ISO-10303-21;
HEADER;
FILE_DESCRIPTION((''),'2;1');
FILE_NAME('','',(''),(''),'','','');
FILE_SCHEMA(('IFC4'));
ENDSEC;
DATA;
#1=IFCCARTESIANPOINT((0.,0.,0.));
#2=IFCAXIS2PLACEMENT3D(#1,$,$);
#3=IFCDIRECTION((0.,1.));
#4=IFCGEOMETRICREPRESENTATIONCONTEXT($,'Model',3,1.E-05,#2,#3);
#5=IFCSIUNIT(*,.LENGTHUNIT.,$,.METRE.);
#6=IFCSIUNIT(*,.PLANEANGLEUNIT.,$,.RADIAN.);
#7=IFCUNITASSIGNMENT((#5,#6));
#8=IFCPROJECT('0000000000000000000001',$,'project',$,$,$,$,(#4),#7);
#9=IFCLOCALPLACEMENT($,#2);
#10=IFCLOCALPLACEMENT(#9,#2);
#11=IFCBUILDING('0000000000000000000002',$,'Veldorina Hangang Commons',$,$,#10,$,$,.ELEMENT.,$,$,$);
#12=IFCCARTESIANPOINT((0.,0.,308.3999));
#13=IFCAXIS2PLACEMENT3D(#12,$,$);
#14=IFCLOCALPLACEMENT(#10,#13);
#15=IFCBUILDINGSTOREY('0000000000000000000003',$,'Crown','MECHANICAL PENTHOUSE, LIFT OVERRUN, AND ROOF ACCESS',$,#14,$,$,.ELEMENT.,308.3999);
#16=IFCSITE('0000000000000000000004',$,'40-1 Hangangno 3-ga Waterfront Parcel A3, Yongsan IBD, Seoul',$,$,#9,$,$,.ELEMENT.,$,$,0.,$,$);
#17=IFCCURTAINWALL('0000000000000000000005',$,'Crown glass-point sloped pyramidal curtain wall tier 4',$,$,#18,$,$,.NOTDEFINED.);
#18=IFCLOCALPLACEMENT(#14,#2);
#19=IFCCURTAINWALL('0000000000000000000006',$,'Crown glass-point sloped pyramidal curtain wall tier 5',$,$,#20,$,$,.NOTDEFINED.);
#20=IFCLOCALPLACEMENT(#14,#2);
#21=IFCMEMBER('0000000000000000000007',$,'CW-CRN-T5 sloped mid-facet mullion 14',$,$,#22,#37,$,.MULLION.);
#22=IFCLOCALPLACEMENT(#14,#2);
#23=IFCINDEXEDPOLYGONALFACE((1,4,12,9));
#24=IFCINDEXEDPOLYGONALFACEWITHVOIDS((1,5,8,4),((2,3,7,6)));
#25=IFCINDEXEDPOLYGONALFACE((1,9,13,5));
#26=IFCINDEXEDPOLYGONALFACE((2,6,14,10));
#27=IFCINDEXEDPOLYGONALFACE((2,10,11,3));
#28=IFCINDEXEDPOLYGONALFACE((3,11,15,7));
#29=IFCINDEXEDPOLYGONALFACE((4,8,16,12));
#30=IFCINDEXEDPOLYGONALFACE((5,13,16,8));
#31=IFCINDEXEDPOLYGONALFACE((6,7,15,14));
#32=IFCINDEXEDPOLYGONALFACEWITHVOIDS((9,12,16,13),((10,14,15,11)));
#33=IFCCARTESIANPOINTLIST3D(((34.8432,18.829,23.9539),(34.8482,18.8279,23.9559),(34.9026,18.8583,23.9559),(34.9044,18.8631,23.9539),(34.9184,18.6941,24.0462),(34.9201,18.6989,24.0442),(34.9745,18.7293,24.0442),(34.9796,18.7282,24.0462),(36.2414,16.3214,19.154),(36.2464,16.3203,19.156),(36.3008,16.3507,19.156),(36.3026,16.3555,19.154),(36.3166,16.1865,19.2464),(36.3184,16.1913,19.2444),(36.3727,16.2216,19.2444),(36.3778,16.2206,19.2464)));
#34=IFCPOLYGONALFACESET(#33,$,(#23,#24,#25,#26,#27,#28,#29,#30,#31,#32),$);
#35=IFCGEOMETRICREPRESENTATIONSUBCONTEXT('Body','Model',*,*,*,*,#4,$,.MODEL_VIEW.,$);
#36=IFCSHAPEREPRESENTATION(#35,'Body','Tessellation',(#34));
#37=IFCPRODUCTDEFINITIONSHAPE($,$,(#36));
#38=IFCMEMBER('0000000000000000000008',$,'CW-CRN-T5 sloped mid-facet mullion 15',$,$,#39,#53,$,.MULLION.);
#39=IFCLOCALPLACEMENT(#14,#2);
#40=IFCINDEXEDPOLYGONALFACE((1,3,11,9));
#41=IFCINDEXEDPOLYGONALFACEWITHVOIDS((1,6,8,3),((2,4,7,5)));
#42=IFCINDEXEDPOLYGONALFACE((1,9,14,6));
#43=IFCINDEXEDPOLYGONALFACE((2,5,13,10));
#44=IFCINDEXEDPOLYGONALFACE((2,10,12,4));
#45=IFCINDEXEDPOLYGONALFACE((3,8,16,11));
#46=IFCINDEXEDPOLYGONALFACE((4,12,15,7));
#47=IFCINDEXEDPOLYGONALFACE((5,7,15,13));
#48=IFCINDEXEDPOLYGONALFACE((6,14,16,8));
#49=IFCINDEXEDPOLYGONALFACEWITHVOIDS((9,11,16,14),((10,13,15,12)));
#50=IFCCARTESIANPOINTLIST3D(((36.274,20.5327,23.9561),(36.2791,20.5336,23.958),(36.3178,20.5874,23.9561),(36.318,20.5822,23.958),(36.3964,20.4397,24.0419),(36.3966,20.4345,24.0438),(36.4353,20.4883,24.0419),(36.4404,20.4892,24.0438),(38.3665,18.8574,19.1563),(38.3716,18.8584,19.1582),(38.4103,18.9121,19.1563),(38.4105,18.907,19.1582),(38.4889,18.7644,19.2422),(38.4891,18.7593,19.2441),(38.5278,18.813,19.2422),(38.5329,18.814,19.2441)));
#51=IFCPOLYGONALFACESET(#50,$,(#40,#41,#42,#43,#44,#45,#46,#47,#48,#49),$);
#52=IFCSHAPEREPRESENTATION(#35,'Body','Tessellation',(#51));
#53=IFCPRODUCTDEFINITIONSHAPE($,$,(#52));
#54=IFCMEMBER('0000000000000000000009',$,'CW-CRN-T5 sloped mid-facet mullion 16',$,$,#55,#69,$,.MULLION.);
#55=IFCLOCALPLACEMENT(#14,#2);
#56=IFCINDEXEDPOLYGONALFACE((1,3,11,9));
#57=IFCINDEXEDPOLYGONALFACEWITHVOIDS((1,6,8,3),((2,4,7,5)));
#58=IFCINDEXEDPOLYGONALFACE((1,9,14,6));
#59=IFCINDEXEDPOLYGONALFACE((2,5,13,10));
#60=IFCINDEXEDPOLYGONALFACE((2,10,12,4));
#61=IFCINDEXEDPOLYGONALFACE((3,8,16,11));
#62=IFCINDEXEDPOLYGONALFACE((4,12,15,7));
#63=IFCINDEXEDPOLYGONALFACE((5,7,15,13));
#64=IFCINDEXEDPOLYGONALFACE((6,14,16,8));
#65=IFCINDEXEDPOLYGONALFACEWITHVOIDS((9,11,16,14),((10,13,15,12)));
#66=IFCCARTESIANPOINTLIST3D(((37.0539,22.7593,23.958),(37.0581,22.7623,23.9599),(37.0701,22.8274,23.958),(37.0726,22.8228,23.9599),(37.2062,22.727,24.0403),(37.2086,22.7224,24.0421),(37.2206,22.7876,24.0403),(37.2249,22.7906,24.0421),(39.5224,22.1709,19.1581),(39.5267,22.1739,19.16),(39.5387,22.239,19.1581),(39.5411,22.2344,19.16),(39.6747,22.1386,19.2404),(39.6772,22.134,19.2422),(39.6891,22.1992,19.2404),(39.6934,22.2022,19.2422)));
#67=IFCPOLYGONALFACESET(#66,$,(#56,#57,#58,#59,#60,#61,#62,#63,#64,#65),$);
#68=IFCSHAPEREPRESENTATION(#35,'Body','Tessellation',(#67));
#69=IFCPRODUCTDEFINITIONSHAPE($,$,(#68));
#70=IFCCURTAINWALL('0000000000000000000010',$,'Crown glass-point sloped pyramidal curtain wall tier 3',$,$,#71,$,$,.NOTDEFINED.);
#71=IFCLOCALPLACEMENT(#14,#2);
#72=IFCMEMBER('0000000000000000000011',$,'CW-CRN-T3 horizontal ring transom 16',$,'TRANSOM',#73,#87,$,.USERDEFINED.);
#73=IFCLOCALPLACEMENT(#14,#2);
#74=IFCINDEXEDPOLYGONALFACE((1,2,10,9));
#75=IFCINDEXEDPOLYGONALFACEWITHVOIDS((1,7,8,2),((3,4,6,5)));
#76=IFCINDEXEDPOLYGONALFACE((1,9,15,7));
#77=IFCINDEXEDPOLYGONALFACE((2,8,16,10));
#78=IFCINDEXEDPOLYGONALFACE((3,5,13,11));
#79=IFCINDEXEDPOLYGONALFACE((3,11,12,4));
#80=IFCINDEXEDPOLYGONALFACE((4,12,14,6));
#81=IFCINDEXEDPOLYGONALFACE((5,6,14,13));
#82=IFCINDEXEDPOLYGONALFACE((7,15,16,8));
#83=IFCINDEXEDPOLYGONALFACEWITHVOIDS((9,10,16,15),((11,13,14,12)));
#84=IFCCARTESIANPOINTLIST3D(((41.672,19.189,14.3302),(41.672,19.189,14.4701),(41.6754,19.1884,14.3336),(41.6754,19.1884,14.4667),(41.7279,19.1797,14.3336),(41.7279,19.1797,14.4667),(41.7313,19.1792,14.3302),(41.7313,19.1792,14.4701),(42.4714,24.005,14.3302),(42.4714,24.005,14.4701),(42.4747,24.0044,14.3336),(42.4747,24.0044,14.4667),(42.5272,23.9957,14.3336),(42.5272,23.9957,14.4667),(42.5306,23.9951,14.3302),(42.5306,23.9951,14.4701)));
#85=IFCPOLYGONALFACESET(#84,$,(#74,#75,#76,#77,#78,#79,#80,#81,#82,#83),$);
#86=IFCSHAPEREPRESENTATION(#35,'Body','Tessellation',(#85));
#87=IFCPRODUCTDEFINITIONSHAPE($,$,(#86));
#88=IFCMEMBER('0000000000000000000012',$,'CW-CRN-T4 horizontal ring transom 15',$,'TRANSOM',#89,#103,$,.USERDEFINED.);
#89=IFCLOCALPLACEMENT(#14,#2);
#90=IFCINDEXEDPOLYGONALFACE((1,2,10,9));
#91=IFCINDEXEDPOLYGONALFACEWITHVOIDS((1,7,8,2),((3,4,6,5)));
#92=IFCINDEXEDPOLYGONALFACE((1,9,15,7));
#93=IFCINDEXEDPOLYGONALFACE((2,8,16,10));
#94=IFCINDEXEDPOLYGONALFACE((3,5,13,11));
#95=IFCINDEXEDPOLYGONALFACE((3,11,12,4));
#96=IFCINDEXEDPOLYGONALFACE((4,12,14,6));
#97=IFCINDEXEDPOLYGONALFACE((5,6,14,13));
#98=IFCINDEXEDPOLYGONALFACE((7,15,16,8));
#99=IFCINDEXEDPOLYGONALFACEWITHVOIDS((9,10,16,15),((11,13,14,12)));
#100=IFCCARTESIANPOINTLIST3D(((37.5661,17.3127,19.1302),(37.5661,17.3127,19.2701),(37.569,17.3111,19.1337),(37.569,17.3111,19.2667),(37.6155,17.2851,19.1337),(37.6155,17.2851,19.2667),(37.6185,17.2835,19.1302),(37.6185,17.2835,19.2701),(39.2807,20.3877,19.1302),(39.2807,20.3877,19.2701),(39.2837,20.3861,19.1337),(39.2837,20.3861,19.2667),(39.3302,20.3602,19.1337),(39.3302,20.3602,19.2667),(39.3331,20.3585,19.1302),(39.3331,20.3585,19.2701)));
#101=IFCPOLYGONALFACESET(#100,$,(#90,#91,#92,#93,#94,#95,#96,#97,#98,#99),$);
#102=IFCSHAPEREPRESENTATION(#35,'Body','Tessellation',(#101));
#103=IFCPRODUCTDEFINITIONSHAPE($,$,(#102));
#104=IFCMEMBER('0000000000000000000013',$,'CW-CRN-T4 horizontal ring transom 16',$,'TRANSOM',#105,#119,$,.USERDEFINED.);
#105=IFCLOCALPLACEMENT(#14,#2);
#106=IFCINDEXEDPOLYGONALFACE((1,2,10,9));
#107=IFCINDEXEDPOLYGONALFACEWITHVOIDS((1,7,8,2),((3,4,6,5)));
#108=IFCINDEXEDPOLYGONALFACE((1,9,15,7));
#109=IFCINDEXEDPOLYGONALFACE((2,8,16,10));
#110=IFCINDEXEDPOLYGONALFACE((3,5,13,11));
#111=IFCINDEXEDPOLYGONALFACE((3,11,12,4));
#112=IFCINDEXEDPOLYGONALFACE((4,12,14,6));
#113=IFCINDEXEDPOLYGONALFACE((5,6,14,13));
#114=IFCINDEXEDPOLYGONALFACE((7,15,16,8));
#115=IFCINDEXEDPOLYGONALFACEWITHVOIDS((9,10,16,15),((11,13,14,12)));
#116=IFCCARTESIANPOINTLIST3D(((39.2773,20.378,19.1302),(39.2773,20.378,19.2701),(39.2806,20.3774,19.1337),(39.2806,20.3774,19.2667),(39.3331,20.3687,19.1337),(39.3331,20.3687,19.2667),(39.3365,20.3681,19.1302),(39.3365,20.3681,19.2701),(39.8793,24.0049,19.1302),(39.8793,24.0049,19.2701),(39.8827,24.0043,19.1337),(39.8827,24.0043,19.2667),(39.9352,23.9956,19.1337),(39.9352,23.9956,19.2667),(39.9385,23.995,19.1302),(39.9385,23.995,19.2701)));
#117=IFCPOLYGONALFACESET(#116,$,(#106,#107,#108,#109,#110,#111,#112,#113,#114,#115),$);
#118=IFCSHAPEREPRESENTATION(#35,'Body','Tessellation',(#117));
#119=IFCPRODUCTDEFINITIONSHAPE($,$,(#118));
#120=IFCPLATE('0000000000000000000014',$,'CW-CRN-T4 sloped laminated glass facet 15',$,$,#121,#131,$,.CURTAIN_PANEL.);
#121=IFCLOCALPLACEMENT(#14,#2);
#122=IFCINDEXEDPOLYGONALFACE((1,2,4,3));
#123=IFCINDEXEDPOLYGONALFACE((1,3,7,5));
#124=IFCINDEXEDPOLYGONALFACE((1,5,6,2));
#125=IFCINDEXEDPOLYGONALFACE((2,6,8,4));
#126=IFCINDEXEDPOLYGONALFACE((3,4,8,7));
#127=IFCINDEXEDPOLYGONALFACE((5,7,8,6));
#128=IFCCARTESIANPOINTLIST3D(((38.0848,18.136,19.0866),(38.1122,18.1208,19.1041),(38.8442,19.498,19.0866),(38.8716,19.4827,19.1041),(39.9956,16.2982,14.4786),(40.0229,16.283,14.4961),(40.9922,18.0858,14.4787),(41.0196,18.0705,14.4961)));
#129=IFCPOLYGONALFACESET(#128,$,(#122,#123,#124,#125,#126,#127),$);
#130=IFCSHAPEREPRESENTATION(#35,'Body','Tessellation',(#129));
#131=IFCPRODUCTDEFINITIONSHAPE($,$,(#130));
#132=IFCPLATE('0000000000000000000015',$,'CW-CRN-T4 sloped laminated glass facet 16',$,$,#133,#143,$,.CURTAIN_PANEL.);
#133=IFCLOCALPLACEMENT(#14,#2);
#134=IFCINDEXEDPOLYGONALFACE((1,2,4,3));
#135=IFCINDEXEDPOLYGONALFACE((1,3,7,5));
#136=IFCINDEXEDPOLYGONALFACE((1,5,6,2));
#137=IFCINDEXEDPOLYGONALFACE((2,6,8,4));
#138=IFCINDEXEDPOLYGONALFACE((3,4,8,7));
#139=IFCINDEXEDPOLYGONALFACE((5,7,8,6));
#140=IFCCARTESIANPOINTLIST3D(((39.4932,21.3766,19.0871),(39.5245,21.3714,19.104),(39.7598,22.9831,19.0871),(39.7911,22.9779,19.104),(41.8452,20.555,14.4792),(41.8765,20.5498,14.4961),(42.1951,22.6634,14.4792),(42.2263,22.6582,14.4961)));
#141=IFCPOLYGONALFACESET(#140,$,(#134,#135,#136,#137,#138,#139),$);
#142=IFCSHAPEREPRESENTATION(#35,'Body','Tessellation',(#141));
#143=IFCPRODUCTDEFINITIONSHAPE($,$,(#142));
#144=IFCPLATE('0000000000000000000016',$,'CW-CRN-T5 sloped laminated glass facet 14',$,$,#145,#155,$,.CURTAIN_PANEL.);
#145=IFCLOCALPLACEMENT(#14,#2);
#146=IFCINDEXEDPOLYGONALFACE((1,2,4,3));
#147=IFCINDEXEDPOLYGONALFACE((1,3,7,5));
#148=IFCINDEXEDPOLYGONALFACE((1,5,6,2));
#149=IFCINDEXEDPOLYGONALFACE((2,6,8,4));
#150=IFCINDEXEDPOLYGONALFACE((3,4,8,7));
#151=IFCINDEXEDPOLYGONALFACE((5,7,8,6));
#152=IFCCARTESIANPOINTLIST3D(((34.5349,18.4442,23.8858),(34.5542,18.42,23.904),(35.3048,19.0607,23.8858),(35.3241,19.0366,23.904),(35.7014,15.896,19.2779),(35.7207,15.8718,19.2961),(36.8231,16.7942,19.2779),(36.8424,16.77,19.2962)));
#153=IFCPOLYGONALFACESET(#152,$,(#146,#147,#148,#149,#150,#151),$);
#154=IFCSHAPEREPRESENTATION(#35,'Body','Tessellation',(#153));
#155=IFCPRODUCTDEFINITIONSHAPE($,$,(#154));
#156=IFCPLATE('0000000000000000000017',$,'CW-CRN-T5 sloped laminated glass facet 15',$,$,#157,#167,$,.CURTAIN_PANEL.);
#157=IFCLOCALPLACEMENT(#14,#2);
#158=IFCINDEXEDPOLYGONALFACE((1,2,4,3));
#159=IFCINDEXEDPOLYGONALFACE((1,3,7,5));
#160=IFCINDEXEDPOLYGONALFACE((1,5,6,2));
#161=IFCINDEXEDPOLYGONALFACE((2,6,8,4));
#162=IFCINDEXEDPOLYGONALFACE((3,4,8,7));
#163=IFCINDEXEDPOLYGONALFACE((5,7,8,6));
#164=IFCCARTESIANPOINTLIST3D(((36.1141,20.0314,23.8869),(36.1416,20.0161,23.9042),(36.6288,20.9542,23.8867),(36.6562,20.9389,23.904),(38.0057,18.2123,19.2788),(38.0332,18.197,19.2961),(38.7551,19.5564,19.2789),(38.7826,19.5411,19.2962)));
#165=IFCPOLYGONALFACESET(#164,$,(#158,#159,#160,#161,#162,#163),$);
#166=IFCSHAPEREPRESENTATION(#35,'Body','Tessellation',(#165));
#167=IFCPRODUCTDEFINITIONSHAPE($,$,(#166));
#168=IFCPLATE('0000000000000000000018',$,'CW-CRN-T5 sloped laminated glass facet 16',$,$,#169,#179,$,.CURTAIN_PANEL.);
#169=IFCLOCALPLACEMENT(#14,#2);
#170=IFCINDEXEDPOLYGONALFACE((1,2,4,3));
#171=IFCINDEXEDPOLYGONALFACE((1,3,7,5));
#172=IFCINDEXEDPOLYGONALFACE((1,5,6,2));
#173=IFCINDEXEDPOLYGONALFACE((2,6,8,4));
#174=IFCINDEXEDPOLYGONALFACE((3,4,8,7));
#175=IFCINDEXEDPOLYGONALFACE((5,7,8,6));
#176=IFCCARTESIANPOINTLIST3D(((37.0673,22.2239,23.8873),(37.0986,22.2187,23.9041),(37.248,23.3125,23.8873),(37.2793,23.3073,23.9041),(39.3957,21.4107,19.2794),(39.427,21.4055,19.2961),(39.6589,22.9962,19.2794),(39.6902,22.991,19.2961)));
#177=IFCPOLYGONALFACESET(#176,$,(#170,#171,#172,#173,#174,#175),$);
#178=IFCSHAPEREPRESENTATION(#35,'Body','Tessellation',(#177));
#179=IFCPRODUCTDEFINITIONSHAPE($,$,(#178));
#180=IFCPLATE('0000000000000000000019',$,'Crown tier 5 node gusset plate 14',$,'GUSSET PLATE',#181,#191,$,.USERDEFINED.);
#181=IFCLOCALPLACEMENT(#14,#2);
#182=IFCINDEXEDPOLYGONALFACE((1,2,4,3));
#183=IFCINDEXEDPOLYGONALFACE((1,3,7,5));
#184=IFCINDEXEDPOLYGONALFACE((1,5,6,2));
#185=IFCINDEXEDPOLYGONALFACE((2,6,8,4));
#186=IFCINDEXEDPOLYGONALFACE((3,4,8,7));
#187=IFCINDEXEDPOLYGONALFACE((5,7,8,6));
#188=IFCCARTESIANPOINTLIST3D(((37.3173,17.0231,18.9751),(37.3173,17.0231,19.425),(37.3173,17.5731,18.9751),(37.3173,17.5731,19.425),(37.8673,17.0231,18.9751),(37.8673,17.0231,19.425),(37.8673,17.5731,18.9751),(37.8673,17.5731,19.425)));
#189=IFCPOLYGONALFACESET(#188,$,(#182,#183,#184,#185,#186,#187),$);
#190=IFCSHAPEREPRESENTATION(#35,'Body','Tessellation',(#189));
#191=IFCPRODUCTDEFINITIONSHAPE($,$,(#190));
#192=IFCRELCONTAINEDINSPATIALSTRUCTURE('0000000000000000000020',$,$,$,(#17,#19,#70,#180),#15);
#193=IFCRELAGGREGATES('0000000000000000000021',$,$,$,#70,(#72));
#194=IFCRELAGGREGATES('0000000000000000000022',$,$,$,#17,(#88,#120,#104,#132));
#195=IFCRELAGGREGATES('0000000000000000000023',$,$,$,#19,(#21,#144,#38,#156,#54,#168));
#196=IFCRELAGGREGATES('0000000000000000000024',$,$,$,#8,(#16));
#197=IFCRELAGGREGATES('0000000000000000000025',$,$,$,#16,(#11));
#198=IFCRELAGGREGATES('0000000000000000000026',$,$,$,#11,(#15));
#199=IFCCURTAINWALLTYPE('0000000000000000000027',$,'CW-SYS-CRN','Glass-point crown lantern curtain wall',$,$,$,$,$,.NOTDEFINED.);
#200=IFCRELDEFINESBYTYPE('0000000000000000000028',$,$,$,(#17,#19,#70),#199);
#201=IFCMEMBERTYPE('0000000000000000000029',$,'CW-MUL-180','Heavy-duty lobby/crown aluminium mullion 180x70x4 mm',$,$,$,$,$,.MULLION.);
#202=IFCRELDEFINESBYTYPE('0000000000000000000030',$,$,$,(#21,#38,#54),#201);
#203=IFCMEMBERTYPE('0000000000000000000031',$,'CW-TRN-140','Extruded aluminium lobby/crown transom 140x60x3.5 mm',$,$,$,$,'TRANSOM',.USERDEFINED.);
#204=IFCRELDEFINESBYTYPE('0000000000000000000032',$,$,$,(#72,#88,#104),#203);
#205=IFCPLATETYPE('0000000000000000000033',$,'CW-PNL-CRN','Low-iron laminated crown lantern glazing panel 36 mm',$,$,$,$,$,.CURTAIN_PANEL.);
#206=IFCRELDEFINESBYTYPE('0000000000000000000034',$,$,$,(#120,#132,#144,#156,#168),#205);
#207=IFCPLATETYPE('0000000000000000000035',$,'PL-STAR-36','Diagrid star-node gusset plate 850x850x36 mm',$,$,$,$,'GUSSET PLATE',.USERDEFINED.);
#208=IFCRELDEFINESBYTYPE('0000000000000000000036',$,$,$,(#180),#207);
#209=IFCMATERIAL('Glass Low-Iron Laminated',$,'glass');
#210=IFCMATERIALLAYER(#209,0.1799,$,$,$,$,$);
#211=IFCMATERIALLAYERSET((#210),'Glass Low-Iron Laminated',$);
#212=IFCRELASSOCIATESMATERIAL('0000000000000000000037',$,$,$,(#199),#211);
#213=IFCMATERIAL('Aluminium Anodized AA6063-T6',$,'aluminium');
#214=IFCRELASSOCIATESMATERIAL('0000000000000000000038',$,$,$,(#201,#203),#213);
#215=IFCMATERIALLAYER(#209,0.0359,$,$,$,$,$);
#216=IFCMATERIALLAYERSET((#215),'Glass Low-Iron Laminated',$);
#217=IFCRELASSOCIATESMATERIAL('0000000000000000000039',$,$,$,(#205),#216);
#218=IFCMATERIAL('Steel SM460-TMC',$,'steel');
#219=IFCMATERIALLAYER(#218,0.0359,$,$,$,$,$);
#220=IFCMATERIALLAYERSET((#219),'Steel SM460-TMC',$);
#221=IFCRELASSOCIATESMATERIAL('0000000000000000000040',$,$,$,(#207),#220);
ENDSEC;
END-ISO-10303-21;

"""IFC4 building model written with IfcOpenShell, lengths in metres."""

from ifc_helpers import new_model, si_unit, direction, frame, origin, origin_2d, place, context, subcontext, project, spatial, polyline, rectangle, hollow_rectangle, outline, extrude, material, layer, layer_set, material_profile, profile_set, type_object, element, aggregate, save


model = new_model("IFC4")

# Units and contexts
model_context = context("Model", 3, precision=1e-05, world=origin(), true_north=direction((0.0, 1.0)))
body_context = subcontext(model_context, "Body", "Model", "MODEL_VIEW")
ifc_project = project(units=[si_unit("LENGTHUNIT", "METRE"), si_unit("PLANEANGLEUNIT", "RADIAN")], contexts=[model_context])

# Site, building, storey
site_placement = place(None, origin())
site = spatial("IfcSite", under=ifc_project, at=site_placement, Name="40-1 Hangangno 3-ga Waterfront Parcel A3, Yongsan IBD, Seoul", CompositionType="ELEMENT", RefElevation=0.0)
building_placement = place(site_placement, origin())
building = spatial("IfcBuilding", under=site, at=building_placement, Name="Veldorina Hangang Commons", CompositionType="ELEMENT")
storey_placement = place(building_placement, frame((0.0, 0.0, 308.3999)))
storey = spatial("IfcBuildingStorey", under=building, at=storey_placement, Name="Crown", Description="MECHANICAL PENTHOUSE, LIFT OVERRUN, AND ROOF ACCESS", CompositionType="ELEMENT", Elevation=308.3999)

# Shared definitions
ifc_material_1 = material(Name="Steel SM460-TMC", Category="steel")

# Curtain walls, members
ifc_material_2 = material(Name="Glass Low-Iron Laminated", Category="glass")
ifc_layer_1 = layer(ifc_material_2, 0.1799)
ifc_layer_set_1 = layer_set([ifc_layer_1], Name="Glass Low-Iron Laminated")
curtain_wall_type = type_object("IfcCurtainWallType", Name="CW-SYS-CRN", Description="Glass-point crown lantern curtain wall", PredefinedType="NOTDEFINED", material=ifc_layer_set_1)
curtain_wall_1_placement = place(storey_placement, origin())
curtain_wall_1 = element("IfcCurtainWall", 1, at=curtain_wall_1_placement, inside=storey, type_object=curtain_wall_type, Name="Crown glass-point sloped pyramidal curtain wall tier 4", PredefinedType="NOTDEFINED")
ifc_material_3 = material(Name="Aluminium Anodized AA6063-T6", Category="aluminium")
ifc_material_profile_1 = material_profile(ifc_material_3, hollow_rectangle(XDim=0.0701, YDim=0.1799, WallThickness=0.0039, at=origin_2d()), Name="ALU-RHS-180x70x4")
ifc_profile_set_1 = profile_set([ifc_material_profile_1], Name="Aluminium Anodized AA6063-T6")
member_type_1 = type_object("IfcMemberType", Name="CW-MUL-180", Description="Heavy-duty lobby/crown aluminium mullion 180x70x4 mm", PredefinedType="MULLION", material=ifc_profile_set_1)
curtain_wall_2_placement = place(storey_placement, origin())
curtain_wall_2 = element("IfcCurtainWall", 2, at=curtain_wall_2_placement, inside=storey, type_object=curtain_wall_type, Name="Crown glass-point sloped pyramidal curtain wall tier 5", PredefinedType="NOTDEFINED")
member_1_placement = place(storey_placement, frame((36.3096, 16.271, 19.2002), z_axis=(-0.249993, 0.448345, 0.85819), x_axis=(-0.873402, -0.487, 0.0)))
member_1 = element("IfcMember", 3, at=member_1_placement, type_object=member_type_1, Name="CW-CRN-T5 sloped mid-facet mullion 14", PredefinedType="MULLION", context=body_context, shape_type="SweptSolid", body=[
    extrude(hollow_rectangle(XDim=0.0701, YDim=0.1799, WallThickness=0.0039, at=origin_2d()), origin(), (0.0, 0.0, 1.0), 5.593),
])
member_2_placement = place(storey_placement, frame((38.4497, 18.8357, 19.2002), z_axis=(-0.380627, 0.304733, 0.873076), x_axis=(-0.624984, -0.780638, 0.0)))
member_2 = element("IfcMember", 4, at=member_2_placement, type_object=member_type_1, Name="CW-CRN-T5 sloped mid-facet mullion 15", PredefinedType="MULLION", context=body_context, shape_type="SweptSolid", body=[
    extrude(hollow_rectangle(XDim=0.0701, YDim=0.1799, WallThickness=0.0039, at=origin_2d()), origin(), (0.0, 0.0, 1.0), 5.4976),
])
member_3_placement = place(storey_placement, frame((39.6079, 22.1865, 19.2002), z_axis=(-0.45466, 0.10837, 0.884048), x_axis=(-0.231859, -0.972749, 0.0)))
member_3 = element("IfcMember", 5, at=member_3_placement, type_object=member_type_1, Name="CW-CRN-T5 sloped mid-facet mullion 16", PredefinedType="MULLION", context=body_context, shape_type="SweptSolid", body=[
    extrude(hollow_rectangle(XDim=0.0701, YDim=0.1799, WallThickness=0.0039, at=origin_2d()), origin(), (0.0, 0.0, 1.0), 5.4294),
])

# Curtain wall, member
curtain_wall_3_placement = place(storey_placement, origin())
curtain_wall_3 = element("IfcCurtainWall", 6, at=curtain_wall_3_placement, inside=storey, type_object=curtain_wall_type, Name="Crown glass-point sloped pyramidal curtain wall tier 3", PredefinedType="NOTDEFINED")
ifc_material_profile_2 = material_profile(ifc_material_3, hollow_rectangle(XDim=0.0601, YDim=0.1399, WallThickness=0.0034, at=origin_2d()), Name="ALU-RHS-140x60x3.5")
ifc_profile_set_2 = profile_set([ifc_material_profile_2], Name="Aluminium Anodized AA6063-T6")
member_type_2 = type_object("IfcMemberType", Name="CW-TRN-140", Description="Extruded aluminium lobby/crown transom 140x60x3.5 mm", ElementType="TRANSOM", PredefinedType="USERDEFINED", material=ifc_profile_set_2)
member_4_placement = place(storey_placement, frame((41.7017, 19.1841, 14.4001), z_axis=(0.163734, 0.986505, 0.0), x_axis=(-0.986505, 0.163734, 0.0)))
member_4 = element("IfcMember", 7, at=member_4_placement, type_object=member_type_2, Name="CW-CRN-T3 horizontal ring transom 16", ObjectType="TRANSOM", PredefinedType="USERDEFINED", context=body_context, shape_type="SweptSolid", body=[
    extrude(hollow_rectangle(XDim=0.0601, YDim=0.1399, WallThickness=0.0034, at=origin_2d()), origin(), (0.0, 0.0, 1.0), 4.8818),
])
aggregate(curtain_wall_3, [member_4])

# Members
member_5_placement = place(storey_placement, frame((37.5923, 17.2981, 19.2002), z_axis=(0.487008, 0.873397, 0.0), x_axis=(-0.873397, 0.487008, 0.0)))
member_5 = element("IfcMember", 8, at=member_5_placement, type_object=member_type_2, Name="CW-CRN-T4 horizontal ring transom 15", ObjectType="TRANSOM", PredefinedType="USERDEFINED", context=body_context, shape_type="SweptSolid", body=[
    extrude(hollow_rectangle(XDim=0.0601, YDim=0.1399, WallThickness=0.0034, at=origin_2d()), origin(), (0.0, 0.0, 1.0), 3.5208),
])
member_6_placement = place(storey_placement, frame((39.3069, 20.373, 19.2002), z_axis=(0.163753, 0.986501, 0.0), x_axis=(-0.986501, 0.163753, 0.0)))
member_6 = element("IfcMember", 9, at=member_6_placement, type_object=member_type_2, Name="CW-CRN-T4 horizontal ring transom 16", ObjectType="TRANSOM", PredefinedType="USERDEFINED", context=body_context, shape_type="SweptSolid", body=[
    extrude(hollow_rectangle(XDim=0.0601, YDim=0.1399, WallThickness=0.0034, at=origin_2d()), origin(), (0.0, 0.0, 1.0), 3.6765),
])

# Plates
ifc_layer_2 = layer(ifc_material_2, 0.0359)
ifc_layer_set_2 = layer_set([ifc_layer_2], Name="Glass Low-Iron Laminated")
plate_type_1 = type_object("IfcPlateType", Name="CW-PNL-CRN", Description="Low-iron laminated crown lantern glazing panel 36 mm", PredefinedType="CURTAIN_PANEL", material=ifc_layer_set_2)
plate_1_placement = place(storey_placement, frame((40.0229, 16.283, 14.4961), z_axis=(0.763247, -0.425525, 0.486193), x_axis=(0.48695, 0.87343, 0.000007)))
plate_1 = element("IfcPlate", 10, at=plate_1_placement, type_object=plate_type_1, Name="CW-CRN-T4 sloped laminated glass facet 15", PredefinedType="CURTAIN_PANEL", context=body_context, shape_type="SweptSolid", body=[
    extrude(outline(polyline([(0.0, 0.0), (2.0466, 0.0), (2.2341, 5.2732), (0.6748, 5.2732), (0.0, 0.0)])), origin(), (0.0, 0.0, -1.0), 0.0359),
])
plate_2_placement = place(storey_placement, frame((41.8765, 20.5498, 14.4961), z_axis=(0.870666, -0.144482, 0.470176), x_axis=(0.163703, 0.98651, 0.000004)))
plate_2 = element("IfcPlate", 11, at=plate_2_placement, type_object=plate_type_1, Name="CW-CRN-T4 sloped laminated glass facet 16", PredefinedType="CURTAIN_PANEL", context=body_context, shape_type="SweptSolid", body=[
    extrude(outline(polyline([(0.0, 0.0), (2.1372, 0.0), (2.054, 5.2209), (0.4255, 5.2209), (0.0, 0.0)])), origin(), (0.0, 0.0, -1.0), 0.0359),
])
aggregate(curtain_wall_1, [member_5, plate_1, member_6, plate_2])
plate_3_placement = place(storey_placement, frame((35.7207, 15.8718, 19.2961), z_axis=(0.538349, -0.672329, 0.508089), x_axis=(0.780583, 0.625052, 0.000028)))
plate_3 = element("IfcPlate", 12, at=plate_3_placement, type_object=plate_type_1, Name="CW-CRN-T5 sloped laminated glass facet 14", PredefinedType="CURTAIN_PANEL", context=body_context, shape_type="SweptSolid", body=[
    extrude(outline(polyline([(0.0, 0.0), (1.437, 0.0), (1.6687, 5.3499), (0.6824, 5.3499), (0.0, 0.0)])), origin(), (0.0, 0.0, -1.0), 0.0359),
])
plate_4_placement = place(storey_placement, frame((38.0332, 18.197, 19.2961), z_axis=(0.765045, -0.426563, 0.482441), x_axis=(0.486973, 0.873417, 0.000023)))
plate_4 = element("IfcPlate", 13, at=plate_4_placement, type_object=plate_type_1, Name="CW-CRN-T5 sloped laminated glass facet 15", PredefinedType="CURTAIN_PANEL", context=body_context, shape_type="SweptSolid", body=[
    extrude(outline(polyline([(0.0, 0.0), (1.5388, 0.0), (1.7244, 5.2605), (0.6677, 5.2607), (0.0, 0.0)])), origin(), (0.0, 0.0, -1.0), 0.0359),
])
plate_5_placement = place(storey_placement, frame((39.427, 21.4055, 19.2961), z_axis=(0.872591, -0.144834, 0.466485), x_axis=(0.163745, 0.986503, -0.000007)))
plate_5 = element("IfcPlate", 14, at=plate_5_placement, type_object=plate_type_1, Name="CW-CRN-T5 sloped laminated glass facet 16", PredefinedType="CURTAIN_PANEL", context=body_context, shape_type="SweptSolid", body=[
    extrude(outline(polyline([(0.0, 0.0), (1.6072, 0.0), (1.5244, 5.2095), (0.4209, 5.2095), (0.0, 0.0)])), origin(), (0.0, 0.0, -1.0), 0.0359),
])
aggregate(curtain_wall_2, [member_1, plate_3, member_2, plate_4, member_3, plate_5])

# Plate
ifc_layer_3 = layer(ifc_material_1, 0.0359)
ifc_layer_set_3 = layer_set([ifc_layer_3], Name="Steel SM460-TMC")
plate_type_2 = type_object("IfcPlateType", Name="PL-STAR-36", Description="Diagrid star-node gusset plate 850x850x36 mm", ElementType="GUSSET PLATE", PredefinedType="USERDEFINED", material=ifc_layer_set_3)
for number, where, z_axis, x_axis, name in (
    (15, (37.5923, 17.2981, 18.9751), (0.0, 0.0, 1.0), (1.0, 0.0, 0.0), "Crown tier 5 node gusset plate 14"),
):
    element("IfcPlate", number, at=place(storey_placement, frame(where, z_axis=z_axis, x_axis=x_axis)), inside=storey, type_object=plate_type_2, Name=name, ObjectType="GUSSET PLATE", PredefinedType="USERDEFINED", context=body_context, shape_type="SweptSolid", body=[
        extrude(rectangle(XDim=0.55, YDim=0.55, at=origin_2d()), origin(), (0.0, 0.0, 1.0), 0.45),
    ])

save(model, "model.ifc")
